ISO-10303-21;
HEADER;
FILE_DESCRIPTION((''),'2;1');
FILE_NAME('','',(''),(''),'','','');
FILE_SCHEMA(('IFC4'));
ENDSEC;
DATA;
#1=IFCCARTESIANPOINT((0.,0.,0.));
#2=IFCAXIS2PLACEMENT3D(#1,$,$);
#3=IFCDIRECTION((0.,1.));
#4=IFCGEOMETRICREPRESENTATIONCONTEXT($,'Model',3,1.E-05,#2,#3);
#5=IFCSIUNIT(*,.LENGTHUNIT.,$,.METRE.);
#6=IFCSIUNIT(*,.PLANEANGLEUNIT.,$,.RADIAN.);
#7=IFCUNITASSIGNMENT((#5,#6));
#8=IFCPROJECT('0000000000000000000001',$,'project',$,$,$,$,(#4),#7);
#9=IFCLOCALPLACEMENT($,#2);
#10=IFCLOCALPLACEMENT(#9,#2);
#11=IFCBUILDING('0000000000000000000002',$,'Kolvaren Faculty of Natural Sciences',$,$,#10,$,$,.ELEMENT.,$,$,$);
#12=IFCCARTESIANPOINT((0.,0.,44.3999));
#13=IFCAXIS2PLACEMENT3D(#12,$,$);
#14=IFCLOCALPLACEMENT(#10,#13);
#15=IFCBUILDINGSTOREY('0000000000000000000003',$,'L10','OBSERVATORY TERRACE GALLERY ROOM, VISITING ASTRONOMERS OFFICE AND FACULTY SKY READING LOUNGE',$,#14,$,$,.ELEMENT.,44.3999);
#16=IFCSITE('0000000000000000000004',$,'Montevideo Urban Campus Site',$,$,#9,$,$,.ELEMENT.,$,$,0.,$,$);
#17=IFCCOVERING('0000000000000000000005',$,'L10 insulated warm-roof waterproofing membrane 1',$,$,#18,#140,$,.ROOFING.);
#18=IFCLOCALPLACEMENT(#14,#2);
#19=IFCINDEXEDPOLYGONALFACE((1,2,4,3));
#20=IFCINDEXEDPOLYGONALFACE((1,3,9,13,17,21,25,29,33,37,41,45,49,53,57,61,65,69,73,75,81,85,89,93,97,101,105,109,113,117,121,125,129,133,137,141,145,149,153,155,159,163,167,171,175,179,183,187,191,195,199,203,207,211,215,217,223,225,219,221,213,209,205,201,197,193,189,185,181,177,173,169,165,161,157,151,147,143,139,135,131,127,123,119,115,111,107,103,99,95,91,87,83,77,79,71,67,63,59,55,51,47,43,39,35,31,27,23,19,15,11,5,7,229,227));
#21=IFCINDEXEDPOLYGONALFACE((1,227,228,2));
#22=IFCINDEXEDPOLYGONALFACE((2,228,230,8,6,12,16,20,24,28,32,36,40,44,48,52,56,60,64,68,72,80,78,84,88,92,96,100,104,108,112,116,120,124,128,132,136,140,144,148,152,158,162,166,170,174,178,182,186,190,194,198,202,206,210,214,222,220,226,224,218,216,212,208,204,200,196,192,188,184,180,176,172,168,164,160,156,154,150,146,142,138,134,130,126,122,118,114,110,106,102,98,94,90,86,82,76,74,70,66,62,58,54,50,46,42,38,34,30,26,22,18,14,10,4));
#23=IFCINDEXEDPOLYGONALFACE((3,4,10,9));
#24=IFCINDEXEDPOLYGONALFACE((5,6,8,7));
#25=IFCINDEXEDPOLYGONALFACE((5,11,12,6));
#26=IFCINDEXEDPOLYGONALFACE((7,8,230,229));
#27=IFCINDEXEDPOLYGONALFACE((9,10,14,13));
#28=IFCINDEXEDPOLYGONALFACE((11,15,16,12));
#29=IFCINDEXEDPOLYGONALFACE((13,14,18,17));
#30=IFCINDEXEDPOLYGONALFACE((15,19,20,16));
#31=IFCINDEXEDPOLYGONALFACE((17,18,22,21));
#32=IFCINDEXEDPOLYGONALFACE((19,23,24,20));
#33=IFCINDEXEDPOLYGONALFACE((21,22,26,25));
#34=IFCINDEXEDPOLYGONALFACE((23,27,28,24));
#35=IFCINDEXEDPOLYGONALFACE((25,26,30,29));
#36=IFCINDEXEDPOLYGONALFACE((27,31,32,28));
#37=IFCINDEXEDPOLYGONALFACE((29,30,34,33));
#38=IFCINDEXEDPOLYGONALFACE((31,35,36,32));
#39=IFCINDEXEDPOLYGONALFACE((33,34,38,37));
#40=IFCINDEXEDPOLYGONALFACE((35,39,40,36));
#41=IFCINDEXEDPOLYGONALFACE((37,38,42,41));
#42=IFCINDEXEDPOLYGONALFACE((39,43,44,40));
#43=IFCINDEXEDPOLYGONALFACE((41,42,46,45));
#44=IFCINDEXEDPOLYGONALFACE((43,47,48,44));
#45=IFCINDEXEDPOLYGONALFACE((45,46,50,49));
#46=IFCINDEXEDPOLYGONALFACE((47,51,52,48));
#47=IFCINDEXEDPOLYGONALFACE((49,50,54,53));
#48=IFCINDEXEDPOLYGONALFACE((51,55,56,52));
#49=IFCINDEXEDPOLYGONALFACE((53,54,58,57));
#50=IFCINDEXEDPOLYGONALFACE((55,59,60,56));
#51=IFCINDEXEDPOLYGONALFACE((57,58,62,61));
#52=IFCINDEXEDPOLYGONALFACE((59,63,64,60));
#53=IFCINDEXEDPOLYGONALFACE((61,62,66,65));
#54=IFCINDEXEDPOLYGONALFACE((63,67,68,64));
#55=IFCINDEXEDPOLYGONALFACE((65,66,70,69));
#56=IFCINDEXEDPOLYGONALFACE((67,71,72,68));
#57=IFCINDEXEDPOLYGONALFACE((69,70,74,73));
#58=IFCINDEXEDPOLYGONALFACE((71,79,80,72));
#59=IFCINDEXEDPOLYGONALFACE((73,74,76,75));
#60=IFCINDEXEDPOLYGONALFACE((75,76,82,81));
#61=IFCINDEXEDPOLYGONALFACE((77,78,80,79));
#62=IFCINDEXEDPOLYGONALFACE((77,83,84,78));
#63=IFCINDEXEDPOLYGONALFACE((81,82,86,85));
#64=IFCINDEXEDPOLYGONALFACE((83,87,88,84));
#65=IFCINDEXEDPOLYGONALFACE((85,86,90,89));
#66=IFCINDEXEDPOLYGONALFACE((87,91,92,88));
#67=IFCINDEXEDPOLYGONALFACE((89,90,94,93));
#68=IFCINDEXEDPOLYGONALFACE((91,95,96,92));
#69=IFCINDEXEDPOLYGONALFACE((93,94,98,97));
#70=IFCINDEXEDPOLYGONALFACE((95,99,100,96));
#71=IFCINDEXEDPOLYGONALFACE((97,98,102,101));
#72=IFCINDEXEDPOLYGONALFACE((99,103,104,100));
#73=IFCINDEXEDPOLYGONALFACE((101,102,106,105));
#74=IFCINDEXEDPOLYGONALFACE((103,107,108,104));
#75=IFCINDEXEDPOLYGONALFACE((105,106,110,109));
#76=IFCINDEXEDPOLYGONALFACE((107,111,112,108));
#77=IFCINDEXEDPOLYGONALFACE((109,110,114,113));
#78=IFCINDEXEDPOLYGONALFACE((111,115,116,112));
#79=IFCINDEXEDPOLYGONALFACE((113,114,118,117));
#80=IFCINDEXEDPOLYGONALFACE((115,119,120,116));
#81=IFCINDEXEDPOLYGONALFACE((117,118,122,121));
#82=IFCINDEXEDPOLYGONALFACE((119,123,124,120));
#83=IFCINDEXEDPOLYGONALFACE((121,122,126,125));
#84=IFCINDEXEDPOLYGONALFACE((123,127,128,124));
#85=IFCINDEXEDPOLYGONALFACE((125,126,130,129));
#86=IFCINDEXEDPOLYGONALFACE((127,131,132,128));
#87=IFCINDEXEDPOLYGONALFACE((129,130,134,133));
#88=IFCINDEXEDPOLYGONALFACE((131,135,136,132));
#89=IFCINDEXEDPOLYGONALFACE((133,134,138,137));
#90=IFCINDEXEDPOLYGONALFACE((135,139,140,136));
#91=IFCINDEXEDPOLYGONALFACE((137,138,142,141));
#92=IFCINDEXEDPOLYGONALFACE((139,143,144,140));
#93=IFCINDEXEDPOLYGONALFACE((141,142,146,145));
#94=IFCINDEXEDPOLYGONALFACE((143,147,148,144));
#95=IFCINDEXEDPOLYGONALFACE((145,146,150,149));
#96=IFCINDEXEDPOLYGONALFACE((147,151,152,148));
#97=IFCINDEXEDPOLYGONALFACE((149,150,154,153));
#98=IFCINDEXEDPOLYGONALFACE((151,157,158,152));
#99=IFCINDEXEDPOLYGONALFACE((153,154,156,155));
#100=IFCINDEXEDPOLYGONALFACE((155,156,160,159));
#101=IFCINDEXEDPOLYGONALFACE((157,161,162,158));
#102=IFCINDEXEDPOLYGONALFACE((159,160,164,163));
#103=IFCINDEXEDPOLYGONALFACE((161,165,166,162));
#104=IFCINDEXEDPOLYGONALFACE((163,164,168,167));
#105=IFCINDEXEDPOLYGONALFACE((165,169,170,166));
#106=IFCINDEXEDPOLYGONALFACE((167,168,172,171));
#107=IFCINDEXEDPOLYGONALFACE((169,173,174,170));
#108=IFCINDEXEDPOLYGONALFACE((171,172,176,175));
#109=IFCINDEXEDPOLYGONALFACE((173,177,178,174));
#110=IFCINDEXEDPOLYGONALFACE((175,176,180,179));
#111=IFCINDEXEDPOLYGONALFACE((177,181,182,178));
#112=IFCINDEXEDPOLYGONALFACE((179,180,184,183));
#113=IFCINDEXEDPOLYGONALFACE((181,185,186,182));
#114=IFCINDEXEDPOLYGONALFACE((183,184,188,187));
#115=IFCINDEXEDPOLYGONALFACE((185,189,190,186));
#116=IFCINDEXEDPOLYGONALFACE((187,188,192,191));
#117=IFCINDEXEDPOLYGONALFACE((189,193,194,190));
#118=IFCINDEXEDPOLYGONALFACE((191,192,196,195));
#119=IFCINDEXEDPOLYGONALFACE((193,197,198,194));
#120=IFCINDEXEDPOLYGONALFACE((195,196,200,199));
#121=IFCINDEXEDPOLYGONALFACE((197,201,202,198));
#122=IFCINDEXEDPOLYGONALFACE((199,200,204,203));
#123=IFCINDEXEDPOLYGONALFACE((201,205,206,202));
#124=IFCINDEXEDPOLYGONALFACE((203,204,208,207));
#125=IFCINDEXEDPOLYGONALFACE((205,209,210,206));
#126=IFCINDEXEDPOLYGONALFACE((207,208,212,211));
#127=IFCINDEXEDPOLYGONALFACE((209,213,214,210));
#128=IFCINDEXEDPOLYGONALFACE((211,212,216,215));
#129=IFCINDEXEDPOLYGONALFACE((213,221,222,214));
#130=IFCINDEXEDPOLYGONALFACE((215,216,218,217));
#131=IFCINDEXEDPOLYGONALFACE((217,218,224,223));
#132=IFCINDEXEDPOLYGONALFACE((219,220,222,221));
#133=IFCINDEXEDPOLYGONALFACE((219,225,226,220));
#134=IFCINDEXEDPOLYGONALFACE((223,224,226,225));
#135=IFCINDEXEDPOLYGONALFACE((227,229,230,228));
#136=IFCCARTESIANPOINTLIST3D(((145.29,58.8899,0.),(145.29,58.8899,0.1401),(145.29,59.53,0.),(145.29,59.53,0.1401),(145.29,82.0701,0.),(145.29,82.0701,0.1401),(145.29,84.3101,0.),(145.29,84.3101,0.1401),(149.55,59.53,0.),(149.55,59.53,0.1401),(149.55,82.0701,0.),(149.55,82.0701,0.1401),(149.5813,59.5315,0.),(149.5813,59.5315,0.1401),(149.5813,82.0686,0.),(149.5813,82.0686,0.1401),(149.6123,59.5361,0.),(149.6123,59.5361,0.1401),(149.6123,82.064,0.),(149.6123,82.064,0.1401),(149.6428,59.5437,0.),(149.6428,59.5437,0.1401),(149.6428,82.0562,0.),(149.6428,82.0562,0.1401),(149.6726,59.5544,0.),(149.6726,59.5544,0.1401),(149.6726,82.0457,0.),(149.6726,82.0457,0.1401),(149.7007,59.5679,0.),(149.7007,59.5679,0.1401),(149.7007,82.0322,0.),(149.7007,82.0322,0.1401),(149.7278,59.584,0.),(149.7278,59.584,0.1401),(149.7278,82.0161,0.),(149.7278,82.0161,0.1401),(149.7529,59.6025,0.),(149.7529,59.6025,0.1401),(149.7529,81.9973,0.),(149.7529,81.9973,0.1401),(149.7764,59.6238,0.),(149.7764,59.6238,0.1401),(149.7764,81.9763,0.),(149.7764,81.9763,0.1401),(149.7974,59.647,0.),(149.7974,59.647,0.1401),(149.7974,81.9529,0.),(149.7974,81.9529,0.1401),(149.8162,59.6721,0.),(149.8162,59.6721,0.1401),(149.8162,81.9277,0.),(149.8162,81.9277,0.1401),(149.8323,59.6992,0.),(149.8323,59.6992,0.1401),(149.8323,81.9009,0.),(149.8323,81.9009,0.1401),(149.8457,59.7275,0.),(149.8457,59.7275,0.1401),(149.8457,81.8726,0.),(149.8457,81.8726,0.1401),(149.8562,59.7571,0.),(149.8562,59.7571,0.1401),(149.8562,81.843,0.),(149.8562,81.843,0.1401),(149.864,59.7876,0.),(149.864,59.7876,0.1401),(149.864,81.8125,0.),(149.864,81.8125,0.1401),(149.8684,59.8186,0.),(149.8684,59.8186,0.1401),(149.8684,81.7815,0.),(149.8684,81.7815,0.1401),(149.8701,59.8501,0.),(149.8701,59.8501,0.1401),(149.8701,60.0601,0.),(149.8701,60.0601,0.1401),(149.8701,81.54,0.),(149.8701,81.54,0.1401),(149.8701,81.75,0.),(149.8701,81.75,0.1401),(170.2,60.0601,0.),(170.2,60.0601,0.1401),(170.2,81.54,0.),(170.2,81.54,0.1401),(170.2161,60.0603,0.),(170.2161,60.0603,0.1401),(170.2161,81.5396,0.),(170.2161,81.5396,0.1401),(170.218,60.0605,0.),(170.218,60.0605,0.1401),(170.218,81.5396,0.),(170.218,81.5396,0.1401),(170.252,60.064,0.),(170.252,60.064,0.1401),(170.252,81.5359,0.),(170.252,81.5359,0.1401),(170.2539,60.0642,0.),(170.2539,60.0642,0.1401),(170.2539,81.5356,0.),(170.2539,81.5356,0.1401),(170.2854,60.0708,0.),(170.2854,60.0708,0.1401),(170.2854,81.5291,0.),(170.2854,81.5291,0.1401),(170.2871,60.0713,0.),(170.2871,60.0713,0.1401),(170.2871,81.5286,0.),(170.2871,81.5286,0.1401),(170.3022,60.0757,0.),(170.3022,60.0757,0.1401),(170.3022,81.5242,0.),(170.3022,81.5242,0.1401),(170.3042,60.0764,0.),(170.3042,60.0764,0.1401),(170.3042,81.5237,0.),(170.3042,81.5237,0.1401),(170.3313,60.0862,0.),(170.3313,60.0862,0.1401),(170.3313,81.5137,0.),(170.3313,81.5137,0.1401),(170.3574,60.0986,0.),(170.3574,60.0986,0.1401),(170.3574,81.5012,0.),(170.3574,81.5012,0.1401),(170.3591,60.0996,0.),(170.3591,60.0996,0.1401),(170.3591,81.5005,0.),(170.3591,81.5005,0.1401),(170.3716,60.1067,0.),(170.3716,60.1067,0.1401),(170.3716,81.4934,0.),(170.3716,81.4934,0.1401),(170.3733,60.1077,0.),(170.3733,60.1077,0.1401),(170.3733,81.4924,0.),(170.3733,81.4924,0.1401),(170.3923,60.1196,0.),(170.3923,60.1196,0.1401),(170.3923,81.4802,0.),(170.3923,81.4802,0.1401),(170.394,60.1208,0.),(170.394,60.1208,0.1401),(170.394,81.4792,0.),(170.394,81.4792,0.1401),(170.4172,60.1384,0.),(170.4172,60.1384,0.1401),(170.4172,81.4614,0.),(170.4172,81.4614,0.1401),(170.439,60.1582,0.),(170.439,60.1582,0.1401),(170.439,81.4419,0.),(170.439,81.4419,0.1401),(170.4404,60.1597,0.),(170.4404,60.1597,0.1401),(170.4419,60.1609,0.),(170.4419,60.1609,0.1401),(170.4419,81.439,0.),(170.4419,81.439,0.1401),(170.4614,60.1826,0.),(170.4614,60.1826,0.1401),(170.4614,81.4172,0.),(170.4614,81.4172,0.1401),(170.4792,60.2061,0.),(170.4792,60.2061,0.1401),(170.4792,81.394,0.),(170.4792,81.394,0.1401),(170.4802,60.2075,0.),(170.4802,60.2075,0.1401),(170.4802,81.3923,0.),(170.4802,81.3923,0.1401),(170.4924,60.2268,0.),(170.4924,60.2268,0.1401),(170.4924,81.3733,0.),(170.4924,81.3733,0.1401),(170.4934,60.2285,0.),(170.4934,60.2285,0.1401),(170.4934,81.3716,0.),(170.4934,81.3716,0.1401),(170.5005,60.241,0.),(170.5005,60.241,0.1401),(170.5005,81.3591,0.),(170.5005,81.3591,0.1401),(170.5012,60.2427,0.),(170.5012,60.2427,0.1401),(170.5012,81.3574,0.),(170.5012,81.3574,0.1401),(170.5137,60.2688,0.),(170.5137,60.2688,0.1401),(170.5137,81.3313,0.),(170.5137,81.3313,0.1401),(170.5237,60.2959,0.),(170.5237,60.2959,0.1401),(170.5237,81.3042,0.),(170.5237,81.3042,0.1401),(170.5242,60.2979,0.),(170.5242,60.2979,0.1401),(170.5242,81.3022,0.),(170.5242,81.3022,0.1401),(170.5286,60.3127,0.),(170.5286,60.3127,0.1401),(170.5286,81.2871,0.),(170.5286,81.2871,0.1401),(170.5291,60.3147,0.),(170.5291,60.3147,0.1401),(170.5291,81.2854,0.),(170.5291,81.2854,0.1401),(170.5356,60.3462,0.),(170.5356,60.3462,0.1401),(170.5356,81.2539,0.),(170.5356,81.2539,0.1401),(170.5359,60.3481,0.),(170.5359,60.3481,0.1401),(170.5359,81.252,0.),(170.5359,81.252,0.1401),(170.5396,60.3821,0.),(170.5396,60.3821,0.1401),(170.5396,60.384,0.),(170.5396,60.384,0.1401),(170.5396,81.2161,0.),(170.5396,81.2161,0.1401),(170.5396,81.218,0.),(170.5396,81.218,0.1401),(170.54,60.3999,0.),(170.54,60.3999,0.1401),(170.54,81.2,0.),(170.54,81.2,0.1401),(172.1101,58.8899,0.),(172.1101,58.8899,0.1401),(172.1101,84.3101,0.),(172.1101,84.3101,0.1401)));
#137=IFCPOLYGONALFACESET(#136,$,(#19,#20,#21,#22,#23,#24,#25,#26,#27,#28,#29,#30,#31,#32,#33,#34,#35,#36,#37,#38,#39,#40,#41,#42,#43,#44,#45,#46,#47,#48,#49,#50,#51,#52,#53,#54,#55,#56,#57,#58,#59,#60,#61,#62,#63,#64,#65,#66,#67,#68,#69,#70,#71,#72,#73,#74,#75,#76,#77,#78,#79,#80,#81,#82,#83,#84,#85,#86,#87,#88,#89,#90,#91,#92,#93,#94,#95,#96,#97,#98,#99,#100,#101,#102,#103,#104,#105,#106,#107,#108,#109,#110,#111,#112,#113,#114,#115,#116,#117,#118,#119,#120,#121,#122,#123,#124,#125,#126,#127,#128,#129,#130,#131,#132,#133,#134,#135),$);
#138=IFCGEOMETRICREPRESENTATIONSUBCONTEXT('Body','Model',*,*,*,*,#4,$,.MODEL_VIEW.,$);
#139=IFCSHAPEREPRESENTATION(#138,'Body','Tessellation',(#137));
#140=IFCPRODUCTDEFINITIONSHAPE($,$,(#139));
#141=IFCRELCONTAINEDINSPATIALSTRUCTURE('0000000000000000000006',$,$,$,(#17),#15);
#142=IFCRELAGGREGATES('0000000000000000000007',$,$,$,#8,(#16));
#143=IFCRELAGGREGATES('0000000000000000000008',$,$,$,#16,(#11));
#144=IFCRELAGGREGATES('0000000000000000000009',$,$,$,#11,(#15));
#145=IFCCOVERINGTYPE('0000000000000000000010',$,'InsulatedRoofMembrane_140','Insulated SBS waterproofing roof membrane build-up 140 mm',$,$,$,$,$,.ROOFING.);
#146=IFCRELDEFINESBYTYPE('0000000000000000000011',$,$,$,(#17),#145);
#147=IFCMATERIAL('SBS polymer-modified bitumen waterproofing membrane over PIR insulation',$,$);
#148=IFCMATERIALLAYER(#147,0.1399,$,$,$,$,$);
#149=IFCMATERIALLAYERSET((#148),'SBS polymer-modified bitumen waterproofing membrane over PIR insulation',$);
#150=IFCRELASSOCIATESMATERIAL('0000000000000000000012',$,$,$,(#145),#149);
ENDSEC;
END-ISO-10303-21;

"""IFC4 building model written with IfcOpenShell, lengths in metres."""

from ifc_helpers import new_model, si_unit, direction, frame, origin, place, context, subcontext, project, spatial, polyline, outline, extrude, material, layer, layer_set, type_object, element, save


model = new_model("IFC4")

# Units and contexts
model_context = context("Model", 3, precision=1e-05, world=origin(), true_north=direction((0.0, 1.0)))
body_context = subcontext(model_context, "Body", "Model", "MODEL_VIEW")
ifc_project = project(units=[si_unit("LENGTHUNIT", "METRE"), si_unit("PLANEANGLEUNIT", "RADIAN")], contexts=[model_context])

# Site, building, storey
site_placement = place(None, origin())
site = spatial("IfcSite", under=ifc_project, at=site_placement, Name="Montevideo Urban Campus Site", CompositionType="ELEMENT", RefElevation=0.0)
building_placement = place(site_placement, origin())
building = spatial("IfcBuilding", under=site, at=building_placement, Name="Kolvaren Faculty of Natural Sciences", CompositionType="ELEMENT")
storey_placement = place(building_placement, frame((0.0, 0.0, 44.3999)))
storey = spatial("IfcBuildingStorey", under=building, at=storey_placement, Name="L10", Description="OBSERVATORY TERRACE GALLERY ROOM, VISITING ASTRONOMERS OFFICE AND FACULTY SKY READING LOUNGE", CompositionType="ELEMENT", Elevation=44.3999)

# Covering
ifc_material_1 = material(Name="SBS polymer-modified bitumen waterproofing membrane over PIR insulation")
ifc_layer_1 = layer(ifc_material_1, 0.1399)
ifc_layer_set_1 = layer_set([ifc_layer_1], Name="SBS polymer-modified bitumen waterproofing membrane over PIR insulation")
covering_type_1 = type_object("IfcCoveringType", Name="InsulatedRoofMembrane_140", Description="Insulated SBS waterproofing roof membrane build-up 140 mm", PredefinedType="ROOFING", material=ifc_layer_set_1)
covering_1_placement = place(storey_placement, origin())
element("IfcCovering", 1, at=covering_1_placement, inside=storey, type_object=covering_type_1, Name="L10 insulated warm-roof waterproofing membrane 1", PredefinedType="ROOFING", context=body_context, shape_type="SweptSolid", body=[
    extrude(outline(polyline([(172.1101, 84.3101), (172.1101, 58.8899), (145.29, 58.8899), (145.29, 59.53), (149.55, 59.53), (149.5813, 59.5315), (149.6123, 59.5361), (149.6428, 59.5437), (149.6726, 59.5544), (149.7007, 59.5679), (149.7278, 59.584), (149.7529, 59.6025), (149.7764, 59.6238), (149.7974, 59.647), (149.8162, 59.6721), (149.8323, 59.6992), (149.8457, 59.7275), (149.8562, 59.7571), (149.864, 59.7876), (149.8684, 59.8186), (149.8701, 59.8501), (149.8701, 60.0601), (170.2, 60.0601), (170.2161, 60.0603), (170.218, 60.0605), (170.252, 60.064), (170.2539, 60.0642), (170.2854, 60.0708), (170.2871, 60.0713), (170.3022, 60.0757), (170.3042, 60.0764), (170.3313, 60.0862), (170.3574, 60.0986), (170.3591, 60.0996), (170.3716, 60.1067), (170.3733, 60.1077), (170.3923, 60.1196), (170.394, 60.1208), (170.4172, 60.1384), (170.439, 60.1582), (170.4404, 60.1597), (170.4419, 60.1609), (170.4614, 60.1826), (170.4792, 60.2061), (170.4802, 60.2075), (170.4924, 60.2268), (170.4934, 60.2285), (170.5005, 60.241), (170.5012, 60.2427), (170.5137, 60.2688), (170.5237, 60.2959), (170.5242, 60.2979), (170.5286, 60.3127), (170.5291, 60.3147), (170.5356, 60.3462), (170.5359, 60.3481), (170.5396, 60.3821), (170.5396, 60.384), (170.54, 60.3999), (170.54, 81.2), (170.5396, 81.2161), (170.5396, 81.218), (170.5359, 81.252), (170.5356, 81.2539), (170.5291, 81.2854), (170.5286, 81.2871), (170.5242, 81.3022), (170.5237, 81.3042), (170.5137, 81.3313), (170.5012, 81.3574), (170.5005, 81.3591), (170.4934, 81.3716), (170.4924, 81.3733), (170.4802, 81.3923), (170.4792, 81.394), (170.4614, 81.4172), (170.4419, 81.439), (170.439, 81.4419), (170.4172, 81.4614), (170.394, 81.4792), (170.3923, 81.4802), (170.3733, 81.4924), (170.3716, 81.4934), (170.3591, 81.5005), (170.3574, 81.5012), (170.3313, 81.5137), (170.3042, 81.5237), (170.3022, 81.5242), (170.2871, 81.5286), (170.2854, 81.5291), (170.2539, 81.5356), (170.252, 81.5359), (170.218, 81.5396), (170.2161, 81.5396), (170.2, 81.54), (149.8701, 81.54), (149.8701, 81.75), (149.8684, 81.7815), (149.864, 81.8125), (149.8562, 81.843), (149.8457, 81.8726), (149.8323, 81.9009), (149.8162, 81.9277), (149.7974, 81.9529), (149.7764, 81.9763), (149.7529, 81.9973), (149.7278, 82.0161), (149.7007, 82.0322), (149.6726, 82.0457), (149.6428, 82.0562), (149.6123, 82.064), (149.5813, 82.0686), (149.55, 82.0701), (145.29, 82.0701), (145.29, 84.3101), (172.1101, 84.3101)])), origin(), (0.0, 0.0, 1.0), 0.1401),
])

save(model, "model.ifc")
